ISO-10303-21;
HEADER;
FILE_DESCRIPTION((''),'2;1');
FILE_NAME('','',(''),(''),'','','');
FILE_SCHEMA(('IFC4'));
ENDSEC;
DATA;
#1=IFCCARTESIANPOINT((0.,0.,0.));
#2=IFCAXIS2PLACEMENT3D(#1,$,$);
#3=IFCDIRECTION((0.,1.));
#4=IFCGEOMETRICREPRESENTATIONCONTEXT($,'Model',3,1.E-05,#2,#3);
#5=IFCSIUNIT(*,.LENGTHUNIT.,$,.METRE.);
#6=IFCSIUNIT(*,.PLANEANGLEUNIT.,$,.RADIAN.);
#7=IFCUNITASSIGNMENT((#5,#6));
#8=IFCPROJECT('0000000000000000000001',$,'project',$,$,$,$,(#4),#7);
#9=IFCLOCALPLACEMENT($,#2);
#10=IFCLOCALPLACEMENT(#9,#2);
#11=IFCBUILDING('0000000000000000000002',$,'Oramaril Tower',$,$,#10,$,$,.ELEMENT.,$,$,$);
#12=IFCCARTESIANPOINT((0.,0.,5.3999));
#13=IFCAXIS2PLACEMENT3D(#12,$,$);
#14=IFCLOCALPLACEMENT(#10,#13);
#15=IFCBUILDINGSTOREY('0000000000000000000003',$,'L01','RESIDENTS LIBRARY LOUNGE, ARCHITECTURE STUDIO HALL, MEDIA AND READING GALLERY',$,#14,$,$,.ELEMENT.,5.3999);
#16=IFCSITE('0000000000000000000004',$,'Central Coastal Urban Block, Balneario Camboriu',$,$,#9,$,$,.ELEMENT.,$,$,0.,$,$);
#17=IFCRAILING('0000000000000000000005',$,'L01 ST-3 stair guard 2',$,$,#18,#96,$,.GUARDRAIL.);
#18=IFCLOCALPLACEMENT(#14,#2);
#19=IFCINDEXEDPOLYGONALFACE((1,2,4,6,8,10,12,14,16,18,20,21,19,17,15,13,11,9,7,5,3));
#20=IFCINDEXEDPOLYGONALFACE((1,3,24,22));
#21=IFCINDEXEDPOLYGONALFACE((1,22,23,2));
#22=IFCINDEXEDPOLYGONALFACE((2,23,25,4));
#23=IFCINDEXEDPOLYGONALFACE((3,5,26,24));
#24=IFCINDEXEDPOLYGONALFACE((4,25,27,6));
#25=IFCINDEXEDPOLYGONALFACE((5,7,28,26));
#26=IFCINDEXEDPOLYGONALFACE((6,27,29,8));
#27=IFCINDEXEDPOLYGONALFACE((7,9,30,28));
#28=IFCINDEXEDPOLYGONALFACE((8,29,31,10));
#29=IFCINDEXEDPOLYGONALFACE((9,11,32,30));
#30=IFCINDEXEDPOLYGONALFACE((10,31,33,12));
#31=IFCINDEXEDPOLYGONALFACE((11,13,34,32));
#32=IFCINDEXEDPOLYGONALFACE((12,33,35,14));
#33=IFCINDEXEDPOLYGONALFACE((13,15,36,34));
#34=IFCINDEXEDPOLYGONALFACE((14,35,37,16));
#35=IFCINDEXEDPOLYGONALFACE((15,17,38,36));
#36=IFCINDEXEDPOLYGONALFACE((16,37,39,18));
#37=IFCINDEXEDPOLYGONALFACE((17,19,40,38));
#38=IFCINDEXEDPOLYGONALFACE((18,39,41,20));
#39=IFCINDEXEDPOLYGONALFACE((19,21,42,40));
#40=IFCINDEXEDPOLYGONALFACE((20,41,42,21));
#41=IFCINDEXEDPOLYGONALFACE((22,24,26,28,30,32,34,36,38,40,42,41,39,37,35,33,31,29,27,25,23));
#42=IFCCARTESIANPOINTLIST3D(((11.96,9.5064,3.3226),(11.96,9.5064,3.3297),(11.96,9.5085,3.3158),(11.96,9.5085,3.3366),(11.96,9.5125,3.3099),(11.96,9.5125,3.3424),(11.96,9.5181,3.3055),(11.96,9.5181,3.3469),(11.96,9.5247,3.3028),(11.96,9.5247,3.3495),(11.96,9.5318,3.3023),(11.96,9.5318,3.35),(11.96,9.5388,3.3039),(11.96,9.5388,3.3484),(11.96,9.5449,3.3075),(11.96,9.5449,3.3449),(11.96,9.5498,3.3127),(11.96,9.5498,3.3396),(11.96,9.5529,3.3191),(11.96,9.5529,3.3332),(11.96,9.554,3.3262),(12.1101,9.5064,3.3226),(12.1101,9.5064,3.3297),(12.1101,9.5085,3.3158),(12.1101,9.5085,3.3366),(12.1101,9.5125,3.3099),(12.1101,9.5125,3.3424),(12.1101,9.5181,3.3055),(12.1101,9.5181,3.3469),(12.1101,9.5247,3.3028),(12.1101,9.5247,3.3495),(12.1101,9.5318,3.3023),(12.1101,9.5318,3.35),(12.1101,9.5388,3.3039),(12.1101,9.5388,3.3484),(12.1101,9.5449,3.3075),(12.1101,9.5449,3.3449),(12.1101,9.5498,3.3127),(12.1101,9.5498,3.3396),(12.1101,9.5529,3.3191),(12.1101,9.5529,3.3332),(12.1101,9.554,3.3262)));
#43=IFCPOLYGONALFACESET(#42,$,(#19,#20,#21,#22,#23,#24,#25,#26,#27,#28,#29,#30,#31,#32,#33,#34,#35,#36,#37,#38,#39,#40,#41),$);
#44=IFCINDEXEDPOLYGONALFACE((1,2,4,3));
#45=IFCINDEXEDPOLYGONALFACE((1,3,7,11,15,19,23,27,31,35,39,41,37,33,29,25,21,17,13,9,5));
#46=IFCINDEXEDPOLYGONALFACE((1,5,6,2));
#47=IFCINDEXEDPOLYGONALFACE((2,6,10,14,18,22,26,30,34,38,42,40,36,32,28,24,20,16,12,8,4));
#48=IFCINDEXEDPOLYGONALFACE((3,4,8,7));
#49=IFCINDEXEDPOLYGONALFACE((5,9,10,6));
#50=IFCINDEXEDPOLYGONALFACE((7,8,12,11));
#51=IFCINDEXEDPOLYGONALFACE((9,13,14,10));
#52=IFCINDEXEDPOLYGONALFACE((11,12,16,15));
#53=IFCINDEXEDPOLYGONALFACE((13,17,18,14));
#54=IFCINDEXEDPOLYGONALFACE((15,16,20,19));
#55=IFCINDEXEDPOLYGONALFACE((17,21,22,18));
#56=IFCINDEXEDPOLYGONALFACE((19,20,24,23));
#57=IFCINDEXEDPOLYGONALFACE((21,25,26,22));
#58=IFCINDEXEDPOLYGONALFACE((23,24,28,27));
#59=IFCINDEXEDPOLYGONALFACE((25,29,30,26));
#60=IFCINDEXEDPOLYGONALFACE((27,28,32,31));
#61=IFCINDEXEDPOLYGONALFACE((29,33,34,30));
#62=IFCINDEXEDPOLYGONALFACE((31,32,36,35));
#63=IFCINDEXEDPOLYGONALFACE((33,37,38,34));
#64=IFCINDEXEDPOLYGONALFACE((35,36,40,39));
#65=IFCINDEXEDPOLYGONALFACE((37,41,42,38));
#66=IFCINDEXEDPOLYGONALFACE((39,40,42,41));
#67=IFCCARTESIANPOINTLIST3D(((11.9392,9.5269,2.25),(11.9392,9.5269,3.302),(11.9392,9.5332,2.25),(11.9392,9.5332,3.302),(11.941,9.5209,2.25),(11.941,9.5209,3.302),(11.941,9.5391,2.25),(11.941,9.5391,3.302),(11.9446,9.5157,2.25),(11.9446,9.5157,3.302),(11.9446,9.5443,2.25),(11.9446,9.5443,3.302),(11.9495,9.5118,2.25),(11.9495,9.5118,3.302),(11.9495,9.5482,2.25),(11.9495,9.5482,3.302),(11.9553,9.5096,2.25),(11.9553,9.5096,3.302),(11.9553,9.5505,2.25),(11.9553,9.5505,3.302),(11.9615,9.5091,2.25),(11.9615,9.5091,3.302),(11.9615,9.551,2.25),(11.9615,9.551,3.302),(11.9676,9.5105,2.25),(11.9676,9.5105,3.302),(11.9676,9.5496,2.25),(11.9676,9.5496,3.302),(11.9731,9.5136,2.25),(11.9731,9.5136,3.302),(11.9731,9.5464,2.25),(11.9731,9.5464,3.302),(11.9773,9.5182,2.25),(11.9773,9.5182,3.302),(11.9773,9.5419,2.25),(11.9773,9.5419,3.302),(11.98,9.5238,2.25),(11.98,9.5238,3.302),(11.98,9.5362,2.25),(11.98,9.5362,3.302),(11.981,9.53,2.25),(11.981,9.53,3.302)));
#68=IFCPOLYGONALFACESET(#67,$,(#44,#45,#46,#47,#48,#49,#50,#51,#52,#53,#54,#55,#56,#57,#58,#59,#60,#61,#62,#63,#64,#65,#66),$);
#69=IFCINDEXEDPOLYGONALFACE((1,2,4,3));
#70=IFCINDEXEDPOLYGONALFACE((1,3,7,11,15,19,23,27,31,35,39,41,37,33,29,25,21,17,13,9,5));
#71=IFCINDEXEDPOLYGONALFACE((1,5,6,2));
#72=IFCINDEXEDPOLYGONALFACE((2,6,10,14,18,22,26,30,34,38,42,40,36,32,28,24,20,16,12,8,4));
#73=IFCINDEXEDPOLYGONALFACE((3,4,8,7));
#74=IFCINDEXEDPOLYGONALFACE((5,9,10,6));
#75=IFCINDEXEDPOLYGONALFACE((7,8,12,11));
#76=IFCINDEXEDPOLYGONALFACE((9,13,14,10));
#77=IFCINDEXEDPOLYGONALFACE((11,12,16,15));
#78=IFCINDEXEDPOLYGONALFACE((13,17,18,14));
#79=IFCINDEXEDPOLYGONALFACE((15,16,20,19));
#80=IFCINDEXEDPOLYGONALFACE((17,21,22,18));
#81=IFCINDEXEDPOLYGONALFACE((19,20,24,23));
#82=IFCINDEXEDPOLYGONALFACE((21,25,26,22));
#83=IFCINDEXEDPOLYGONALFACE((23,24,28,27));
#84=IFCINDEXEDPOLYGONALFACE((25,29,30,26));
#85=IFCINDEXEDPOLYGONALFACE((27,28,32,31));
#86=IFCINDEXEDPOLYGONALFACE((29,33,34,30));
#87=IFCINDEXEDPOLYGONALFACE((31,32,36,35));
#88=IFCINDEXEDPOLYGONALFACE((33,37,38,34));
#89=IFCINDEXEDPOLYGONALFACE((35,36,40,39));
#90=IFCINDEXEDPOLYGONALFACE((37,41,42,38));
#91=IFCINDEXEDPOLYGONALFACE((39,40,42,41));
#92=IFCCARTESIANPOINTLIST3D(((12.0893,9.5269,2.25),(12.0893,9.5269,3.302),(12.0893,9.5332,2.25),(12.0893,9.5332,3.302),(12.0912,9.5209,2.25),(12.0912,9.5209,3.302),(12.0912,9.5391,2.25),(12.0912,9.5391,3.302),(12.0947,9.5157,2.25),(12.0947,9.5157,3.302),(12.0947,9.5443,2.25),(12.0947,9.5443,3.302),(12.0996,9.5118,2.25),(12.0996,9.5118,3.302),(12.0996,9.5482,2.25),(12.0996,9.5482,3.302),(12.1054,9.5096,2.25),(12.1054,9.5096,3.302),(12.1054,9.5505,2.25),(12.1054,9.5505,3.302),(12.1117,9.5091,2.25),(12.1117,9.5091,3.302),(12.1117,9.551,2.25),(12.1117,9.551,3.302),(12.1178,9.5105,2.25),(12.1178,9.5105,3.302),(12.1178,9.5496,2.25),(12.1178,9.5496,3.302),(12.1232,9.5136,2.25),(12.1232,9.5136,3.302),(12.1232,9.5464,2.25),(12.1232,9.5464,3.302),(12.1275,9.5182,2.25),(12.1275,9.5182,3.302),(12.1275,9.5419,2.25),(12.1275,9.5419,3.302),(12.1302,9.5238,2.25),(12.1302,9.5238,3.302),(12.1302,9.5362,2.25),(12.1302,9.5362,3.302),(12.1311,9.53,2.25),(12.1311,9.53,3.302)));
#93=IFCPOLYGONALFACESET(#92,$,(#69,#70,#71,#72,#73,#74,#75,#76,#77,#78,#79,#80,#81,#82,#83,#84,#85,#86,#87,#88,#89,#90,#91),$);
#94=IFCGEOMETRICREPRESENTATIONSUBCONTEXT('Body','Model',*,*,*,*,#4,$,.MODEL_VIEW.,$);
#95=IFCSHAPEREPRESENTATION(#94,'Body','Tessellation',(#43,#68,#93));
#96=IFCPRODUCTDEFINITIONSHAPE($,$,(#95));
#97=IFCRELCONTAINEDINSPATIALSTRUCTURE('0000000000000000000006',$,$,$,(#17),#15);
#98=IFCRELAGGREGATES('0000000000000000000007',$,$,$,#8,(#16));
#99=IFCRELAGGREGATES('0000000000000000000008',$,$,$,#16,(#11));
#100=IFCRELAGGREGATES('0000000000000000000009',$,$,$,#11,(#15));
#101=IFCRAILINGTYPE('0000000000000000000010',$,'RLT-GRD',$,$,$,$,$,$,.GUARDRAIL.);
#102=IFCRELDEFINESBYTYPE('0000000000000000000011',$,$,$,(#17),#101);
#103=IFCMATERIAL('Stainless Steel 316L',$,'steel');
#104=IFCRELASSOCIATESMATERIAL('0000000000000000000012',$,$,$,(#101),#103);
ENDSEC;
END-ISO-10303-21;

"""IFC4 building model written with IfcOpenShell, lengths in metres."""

from ifc_helpers import new_model, si_unit, direction, frame, origin, origin_2d, place, context, subcontext, project, spatial, circle, extrude, material, type_object, element, save


model = new_model("IFC4")

# Units and contexts
model_context = context("Model", 3, precision=1e-05, world=origin(), true_north=direction((0.0, 1.0)))
body_context = subcontext(model_context, "Body", "Model", "MODEL_VIEW")
ifc_project = project(units=[si_unit("LENGTHUNIT", "METRE"), si_unit("PLANEANGLEUNIT", "RADIAN")], contexts=[model_context])

# Site, building, storey
site_placement = place(None, origin())
site = spatial("IfcSite", under=ifc_project, at=site_placement, Name="Central Coastal Urban Block, Balneario Camboriu", CompositionType="ELEMENT", RefElevation=0.0)
building_placement = place(site_placement, origin())
building = spatial("IfcBuilding", under=site, at=building_placement, Name="Oramaril Tower", CompositionType="ELEMENT")
storey_placement = place(building_placement, frame((0.0, 0.0, 5.3999)))
storey = spatial("IfcBuildingStorey", under=building, at=storey_placement, Name="L01", Description="RESIDENTS LIBRARY LOUNGE, ARCHITECTURE STUDIO HALL, MEDIA AND READING GALLERY", CompositionType="ELEMENT", Elevation=5.3999)

# Railing
ifc_material_1 = material(Name="Stainless Steel 316L", Category="steel")
railing_type_1 = type_object("IfcRailingType", Name="RLT-GRD", PredefinedType="GUARDRAIL", material=ifc_material_1)
railing_1_placement = place(storey_placement, frame((11.96, 9.53, 2.25)))
element("IfcRailing", 1, at=railing_1_placement, inside=storey, type_object=railing_type_1, Name="L01 ST-3 stair guard 2", PredefinedType="GUARDRAIL", context=body_context, shape_type="SweptSolid", body=[
    extrude(circle(Radius=0.0239, at=origin_2d()), frame((0.0, 0.0, 1.0762), z_axis=(1.0, 0.0, 0.0), x_axis=(0.0, 1.0, 0.0)), (0.0, 0.0, 1.0), 0.1501),
    extrude(circle(Radius=0.021, at=origin_2d()), origin(), (0.0, 0.0, 1.0), 1.052),
    extrude(circle(Radius=0.021, at=origin_2d()), frame((0.1501, 0.0, 0.0)), (0.0, 0.0, 1.0), 1.052),
])

save(model, "model.ifc")
